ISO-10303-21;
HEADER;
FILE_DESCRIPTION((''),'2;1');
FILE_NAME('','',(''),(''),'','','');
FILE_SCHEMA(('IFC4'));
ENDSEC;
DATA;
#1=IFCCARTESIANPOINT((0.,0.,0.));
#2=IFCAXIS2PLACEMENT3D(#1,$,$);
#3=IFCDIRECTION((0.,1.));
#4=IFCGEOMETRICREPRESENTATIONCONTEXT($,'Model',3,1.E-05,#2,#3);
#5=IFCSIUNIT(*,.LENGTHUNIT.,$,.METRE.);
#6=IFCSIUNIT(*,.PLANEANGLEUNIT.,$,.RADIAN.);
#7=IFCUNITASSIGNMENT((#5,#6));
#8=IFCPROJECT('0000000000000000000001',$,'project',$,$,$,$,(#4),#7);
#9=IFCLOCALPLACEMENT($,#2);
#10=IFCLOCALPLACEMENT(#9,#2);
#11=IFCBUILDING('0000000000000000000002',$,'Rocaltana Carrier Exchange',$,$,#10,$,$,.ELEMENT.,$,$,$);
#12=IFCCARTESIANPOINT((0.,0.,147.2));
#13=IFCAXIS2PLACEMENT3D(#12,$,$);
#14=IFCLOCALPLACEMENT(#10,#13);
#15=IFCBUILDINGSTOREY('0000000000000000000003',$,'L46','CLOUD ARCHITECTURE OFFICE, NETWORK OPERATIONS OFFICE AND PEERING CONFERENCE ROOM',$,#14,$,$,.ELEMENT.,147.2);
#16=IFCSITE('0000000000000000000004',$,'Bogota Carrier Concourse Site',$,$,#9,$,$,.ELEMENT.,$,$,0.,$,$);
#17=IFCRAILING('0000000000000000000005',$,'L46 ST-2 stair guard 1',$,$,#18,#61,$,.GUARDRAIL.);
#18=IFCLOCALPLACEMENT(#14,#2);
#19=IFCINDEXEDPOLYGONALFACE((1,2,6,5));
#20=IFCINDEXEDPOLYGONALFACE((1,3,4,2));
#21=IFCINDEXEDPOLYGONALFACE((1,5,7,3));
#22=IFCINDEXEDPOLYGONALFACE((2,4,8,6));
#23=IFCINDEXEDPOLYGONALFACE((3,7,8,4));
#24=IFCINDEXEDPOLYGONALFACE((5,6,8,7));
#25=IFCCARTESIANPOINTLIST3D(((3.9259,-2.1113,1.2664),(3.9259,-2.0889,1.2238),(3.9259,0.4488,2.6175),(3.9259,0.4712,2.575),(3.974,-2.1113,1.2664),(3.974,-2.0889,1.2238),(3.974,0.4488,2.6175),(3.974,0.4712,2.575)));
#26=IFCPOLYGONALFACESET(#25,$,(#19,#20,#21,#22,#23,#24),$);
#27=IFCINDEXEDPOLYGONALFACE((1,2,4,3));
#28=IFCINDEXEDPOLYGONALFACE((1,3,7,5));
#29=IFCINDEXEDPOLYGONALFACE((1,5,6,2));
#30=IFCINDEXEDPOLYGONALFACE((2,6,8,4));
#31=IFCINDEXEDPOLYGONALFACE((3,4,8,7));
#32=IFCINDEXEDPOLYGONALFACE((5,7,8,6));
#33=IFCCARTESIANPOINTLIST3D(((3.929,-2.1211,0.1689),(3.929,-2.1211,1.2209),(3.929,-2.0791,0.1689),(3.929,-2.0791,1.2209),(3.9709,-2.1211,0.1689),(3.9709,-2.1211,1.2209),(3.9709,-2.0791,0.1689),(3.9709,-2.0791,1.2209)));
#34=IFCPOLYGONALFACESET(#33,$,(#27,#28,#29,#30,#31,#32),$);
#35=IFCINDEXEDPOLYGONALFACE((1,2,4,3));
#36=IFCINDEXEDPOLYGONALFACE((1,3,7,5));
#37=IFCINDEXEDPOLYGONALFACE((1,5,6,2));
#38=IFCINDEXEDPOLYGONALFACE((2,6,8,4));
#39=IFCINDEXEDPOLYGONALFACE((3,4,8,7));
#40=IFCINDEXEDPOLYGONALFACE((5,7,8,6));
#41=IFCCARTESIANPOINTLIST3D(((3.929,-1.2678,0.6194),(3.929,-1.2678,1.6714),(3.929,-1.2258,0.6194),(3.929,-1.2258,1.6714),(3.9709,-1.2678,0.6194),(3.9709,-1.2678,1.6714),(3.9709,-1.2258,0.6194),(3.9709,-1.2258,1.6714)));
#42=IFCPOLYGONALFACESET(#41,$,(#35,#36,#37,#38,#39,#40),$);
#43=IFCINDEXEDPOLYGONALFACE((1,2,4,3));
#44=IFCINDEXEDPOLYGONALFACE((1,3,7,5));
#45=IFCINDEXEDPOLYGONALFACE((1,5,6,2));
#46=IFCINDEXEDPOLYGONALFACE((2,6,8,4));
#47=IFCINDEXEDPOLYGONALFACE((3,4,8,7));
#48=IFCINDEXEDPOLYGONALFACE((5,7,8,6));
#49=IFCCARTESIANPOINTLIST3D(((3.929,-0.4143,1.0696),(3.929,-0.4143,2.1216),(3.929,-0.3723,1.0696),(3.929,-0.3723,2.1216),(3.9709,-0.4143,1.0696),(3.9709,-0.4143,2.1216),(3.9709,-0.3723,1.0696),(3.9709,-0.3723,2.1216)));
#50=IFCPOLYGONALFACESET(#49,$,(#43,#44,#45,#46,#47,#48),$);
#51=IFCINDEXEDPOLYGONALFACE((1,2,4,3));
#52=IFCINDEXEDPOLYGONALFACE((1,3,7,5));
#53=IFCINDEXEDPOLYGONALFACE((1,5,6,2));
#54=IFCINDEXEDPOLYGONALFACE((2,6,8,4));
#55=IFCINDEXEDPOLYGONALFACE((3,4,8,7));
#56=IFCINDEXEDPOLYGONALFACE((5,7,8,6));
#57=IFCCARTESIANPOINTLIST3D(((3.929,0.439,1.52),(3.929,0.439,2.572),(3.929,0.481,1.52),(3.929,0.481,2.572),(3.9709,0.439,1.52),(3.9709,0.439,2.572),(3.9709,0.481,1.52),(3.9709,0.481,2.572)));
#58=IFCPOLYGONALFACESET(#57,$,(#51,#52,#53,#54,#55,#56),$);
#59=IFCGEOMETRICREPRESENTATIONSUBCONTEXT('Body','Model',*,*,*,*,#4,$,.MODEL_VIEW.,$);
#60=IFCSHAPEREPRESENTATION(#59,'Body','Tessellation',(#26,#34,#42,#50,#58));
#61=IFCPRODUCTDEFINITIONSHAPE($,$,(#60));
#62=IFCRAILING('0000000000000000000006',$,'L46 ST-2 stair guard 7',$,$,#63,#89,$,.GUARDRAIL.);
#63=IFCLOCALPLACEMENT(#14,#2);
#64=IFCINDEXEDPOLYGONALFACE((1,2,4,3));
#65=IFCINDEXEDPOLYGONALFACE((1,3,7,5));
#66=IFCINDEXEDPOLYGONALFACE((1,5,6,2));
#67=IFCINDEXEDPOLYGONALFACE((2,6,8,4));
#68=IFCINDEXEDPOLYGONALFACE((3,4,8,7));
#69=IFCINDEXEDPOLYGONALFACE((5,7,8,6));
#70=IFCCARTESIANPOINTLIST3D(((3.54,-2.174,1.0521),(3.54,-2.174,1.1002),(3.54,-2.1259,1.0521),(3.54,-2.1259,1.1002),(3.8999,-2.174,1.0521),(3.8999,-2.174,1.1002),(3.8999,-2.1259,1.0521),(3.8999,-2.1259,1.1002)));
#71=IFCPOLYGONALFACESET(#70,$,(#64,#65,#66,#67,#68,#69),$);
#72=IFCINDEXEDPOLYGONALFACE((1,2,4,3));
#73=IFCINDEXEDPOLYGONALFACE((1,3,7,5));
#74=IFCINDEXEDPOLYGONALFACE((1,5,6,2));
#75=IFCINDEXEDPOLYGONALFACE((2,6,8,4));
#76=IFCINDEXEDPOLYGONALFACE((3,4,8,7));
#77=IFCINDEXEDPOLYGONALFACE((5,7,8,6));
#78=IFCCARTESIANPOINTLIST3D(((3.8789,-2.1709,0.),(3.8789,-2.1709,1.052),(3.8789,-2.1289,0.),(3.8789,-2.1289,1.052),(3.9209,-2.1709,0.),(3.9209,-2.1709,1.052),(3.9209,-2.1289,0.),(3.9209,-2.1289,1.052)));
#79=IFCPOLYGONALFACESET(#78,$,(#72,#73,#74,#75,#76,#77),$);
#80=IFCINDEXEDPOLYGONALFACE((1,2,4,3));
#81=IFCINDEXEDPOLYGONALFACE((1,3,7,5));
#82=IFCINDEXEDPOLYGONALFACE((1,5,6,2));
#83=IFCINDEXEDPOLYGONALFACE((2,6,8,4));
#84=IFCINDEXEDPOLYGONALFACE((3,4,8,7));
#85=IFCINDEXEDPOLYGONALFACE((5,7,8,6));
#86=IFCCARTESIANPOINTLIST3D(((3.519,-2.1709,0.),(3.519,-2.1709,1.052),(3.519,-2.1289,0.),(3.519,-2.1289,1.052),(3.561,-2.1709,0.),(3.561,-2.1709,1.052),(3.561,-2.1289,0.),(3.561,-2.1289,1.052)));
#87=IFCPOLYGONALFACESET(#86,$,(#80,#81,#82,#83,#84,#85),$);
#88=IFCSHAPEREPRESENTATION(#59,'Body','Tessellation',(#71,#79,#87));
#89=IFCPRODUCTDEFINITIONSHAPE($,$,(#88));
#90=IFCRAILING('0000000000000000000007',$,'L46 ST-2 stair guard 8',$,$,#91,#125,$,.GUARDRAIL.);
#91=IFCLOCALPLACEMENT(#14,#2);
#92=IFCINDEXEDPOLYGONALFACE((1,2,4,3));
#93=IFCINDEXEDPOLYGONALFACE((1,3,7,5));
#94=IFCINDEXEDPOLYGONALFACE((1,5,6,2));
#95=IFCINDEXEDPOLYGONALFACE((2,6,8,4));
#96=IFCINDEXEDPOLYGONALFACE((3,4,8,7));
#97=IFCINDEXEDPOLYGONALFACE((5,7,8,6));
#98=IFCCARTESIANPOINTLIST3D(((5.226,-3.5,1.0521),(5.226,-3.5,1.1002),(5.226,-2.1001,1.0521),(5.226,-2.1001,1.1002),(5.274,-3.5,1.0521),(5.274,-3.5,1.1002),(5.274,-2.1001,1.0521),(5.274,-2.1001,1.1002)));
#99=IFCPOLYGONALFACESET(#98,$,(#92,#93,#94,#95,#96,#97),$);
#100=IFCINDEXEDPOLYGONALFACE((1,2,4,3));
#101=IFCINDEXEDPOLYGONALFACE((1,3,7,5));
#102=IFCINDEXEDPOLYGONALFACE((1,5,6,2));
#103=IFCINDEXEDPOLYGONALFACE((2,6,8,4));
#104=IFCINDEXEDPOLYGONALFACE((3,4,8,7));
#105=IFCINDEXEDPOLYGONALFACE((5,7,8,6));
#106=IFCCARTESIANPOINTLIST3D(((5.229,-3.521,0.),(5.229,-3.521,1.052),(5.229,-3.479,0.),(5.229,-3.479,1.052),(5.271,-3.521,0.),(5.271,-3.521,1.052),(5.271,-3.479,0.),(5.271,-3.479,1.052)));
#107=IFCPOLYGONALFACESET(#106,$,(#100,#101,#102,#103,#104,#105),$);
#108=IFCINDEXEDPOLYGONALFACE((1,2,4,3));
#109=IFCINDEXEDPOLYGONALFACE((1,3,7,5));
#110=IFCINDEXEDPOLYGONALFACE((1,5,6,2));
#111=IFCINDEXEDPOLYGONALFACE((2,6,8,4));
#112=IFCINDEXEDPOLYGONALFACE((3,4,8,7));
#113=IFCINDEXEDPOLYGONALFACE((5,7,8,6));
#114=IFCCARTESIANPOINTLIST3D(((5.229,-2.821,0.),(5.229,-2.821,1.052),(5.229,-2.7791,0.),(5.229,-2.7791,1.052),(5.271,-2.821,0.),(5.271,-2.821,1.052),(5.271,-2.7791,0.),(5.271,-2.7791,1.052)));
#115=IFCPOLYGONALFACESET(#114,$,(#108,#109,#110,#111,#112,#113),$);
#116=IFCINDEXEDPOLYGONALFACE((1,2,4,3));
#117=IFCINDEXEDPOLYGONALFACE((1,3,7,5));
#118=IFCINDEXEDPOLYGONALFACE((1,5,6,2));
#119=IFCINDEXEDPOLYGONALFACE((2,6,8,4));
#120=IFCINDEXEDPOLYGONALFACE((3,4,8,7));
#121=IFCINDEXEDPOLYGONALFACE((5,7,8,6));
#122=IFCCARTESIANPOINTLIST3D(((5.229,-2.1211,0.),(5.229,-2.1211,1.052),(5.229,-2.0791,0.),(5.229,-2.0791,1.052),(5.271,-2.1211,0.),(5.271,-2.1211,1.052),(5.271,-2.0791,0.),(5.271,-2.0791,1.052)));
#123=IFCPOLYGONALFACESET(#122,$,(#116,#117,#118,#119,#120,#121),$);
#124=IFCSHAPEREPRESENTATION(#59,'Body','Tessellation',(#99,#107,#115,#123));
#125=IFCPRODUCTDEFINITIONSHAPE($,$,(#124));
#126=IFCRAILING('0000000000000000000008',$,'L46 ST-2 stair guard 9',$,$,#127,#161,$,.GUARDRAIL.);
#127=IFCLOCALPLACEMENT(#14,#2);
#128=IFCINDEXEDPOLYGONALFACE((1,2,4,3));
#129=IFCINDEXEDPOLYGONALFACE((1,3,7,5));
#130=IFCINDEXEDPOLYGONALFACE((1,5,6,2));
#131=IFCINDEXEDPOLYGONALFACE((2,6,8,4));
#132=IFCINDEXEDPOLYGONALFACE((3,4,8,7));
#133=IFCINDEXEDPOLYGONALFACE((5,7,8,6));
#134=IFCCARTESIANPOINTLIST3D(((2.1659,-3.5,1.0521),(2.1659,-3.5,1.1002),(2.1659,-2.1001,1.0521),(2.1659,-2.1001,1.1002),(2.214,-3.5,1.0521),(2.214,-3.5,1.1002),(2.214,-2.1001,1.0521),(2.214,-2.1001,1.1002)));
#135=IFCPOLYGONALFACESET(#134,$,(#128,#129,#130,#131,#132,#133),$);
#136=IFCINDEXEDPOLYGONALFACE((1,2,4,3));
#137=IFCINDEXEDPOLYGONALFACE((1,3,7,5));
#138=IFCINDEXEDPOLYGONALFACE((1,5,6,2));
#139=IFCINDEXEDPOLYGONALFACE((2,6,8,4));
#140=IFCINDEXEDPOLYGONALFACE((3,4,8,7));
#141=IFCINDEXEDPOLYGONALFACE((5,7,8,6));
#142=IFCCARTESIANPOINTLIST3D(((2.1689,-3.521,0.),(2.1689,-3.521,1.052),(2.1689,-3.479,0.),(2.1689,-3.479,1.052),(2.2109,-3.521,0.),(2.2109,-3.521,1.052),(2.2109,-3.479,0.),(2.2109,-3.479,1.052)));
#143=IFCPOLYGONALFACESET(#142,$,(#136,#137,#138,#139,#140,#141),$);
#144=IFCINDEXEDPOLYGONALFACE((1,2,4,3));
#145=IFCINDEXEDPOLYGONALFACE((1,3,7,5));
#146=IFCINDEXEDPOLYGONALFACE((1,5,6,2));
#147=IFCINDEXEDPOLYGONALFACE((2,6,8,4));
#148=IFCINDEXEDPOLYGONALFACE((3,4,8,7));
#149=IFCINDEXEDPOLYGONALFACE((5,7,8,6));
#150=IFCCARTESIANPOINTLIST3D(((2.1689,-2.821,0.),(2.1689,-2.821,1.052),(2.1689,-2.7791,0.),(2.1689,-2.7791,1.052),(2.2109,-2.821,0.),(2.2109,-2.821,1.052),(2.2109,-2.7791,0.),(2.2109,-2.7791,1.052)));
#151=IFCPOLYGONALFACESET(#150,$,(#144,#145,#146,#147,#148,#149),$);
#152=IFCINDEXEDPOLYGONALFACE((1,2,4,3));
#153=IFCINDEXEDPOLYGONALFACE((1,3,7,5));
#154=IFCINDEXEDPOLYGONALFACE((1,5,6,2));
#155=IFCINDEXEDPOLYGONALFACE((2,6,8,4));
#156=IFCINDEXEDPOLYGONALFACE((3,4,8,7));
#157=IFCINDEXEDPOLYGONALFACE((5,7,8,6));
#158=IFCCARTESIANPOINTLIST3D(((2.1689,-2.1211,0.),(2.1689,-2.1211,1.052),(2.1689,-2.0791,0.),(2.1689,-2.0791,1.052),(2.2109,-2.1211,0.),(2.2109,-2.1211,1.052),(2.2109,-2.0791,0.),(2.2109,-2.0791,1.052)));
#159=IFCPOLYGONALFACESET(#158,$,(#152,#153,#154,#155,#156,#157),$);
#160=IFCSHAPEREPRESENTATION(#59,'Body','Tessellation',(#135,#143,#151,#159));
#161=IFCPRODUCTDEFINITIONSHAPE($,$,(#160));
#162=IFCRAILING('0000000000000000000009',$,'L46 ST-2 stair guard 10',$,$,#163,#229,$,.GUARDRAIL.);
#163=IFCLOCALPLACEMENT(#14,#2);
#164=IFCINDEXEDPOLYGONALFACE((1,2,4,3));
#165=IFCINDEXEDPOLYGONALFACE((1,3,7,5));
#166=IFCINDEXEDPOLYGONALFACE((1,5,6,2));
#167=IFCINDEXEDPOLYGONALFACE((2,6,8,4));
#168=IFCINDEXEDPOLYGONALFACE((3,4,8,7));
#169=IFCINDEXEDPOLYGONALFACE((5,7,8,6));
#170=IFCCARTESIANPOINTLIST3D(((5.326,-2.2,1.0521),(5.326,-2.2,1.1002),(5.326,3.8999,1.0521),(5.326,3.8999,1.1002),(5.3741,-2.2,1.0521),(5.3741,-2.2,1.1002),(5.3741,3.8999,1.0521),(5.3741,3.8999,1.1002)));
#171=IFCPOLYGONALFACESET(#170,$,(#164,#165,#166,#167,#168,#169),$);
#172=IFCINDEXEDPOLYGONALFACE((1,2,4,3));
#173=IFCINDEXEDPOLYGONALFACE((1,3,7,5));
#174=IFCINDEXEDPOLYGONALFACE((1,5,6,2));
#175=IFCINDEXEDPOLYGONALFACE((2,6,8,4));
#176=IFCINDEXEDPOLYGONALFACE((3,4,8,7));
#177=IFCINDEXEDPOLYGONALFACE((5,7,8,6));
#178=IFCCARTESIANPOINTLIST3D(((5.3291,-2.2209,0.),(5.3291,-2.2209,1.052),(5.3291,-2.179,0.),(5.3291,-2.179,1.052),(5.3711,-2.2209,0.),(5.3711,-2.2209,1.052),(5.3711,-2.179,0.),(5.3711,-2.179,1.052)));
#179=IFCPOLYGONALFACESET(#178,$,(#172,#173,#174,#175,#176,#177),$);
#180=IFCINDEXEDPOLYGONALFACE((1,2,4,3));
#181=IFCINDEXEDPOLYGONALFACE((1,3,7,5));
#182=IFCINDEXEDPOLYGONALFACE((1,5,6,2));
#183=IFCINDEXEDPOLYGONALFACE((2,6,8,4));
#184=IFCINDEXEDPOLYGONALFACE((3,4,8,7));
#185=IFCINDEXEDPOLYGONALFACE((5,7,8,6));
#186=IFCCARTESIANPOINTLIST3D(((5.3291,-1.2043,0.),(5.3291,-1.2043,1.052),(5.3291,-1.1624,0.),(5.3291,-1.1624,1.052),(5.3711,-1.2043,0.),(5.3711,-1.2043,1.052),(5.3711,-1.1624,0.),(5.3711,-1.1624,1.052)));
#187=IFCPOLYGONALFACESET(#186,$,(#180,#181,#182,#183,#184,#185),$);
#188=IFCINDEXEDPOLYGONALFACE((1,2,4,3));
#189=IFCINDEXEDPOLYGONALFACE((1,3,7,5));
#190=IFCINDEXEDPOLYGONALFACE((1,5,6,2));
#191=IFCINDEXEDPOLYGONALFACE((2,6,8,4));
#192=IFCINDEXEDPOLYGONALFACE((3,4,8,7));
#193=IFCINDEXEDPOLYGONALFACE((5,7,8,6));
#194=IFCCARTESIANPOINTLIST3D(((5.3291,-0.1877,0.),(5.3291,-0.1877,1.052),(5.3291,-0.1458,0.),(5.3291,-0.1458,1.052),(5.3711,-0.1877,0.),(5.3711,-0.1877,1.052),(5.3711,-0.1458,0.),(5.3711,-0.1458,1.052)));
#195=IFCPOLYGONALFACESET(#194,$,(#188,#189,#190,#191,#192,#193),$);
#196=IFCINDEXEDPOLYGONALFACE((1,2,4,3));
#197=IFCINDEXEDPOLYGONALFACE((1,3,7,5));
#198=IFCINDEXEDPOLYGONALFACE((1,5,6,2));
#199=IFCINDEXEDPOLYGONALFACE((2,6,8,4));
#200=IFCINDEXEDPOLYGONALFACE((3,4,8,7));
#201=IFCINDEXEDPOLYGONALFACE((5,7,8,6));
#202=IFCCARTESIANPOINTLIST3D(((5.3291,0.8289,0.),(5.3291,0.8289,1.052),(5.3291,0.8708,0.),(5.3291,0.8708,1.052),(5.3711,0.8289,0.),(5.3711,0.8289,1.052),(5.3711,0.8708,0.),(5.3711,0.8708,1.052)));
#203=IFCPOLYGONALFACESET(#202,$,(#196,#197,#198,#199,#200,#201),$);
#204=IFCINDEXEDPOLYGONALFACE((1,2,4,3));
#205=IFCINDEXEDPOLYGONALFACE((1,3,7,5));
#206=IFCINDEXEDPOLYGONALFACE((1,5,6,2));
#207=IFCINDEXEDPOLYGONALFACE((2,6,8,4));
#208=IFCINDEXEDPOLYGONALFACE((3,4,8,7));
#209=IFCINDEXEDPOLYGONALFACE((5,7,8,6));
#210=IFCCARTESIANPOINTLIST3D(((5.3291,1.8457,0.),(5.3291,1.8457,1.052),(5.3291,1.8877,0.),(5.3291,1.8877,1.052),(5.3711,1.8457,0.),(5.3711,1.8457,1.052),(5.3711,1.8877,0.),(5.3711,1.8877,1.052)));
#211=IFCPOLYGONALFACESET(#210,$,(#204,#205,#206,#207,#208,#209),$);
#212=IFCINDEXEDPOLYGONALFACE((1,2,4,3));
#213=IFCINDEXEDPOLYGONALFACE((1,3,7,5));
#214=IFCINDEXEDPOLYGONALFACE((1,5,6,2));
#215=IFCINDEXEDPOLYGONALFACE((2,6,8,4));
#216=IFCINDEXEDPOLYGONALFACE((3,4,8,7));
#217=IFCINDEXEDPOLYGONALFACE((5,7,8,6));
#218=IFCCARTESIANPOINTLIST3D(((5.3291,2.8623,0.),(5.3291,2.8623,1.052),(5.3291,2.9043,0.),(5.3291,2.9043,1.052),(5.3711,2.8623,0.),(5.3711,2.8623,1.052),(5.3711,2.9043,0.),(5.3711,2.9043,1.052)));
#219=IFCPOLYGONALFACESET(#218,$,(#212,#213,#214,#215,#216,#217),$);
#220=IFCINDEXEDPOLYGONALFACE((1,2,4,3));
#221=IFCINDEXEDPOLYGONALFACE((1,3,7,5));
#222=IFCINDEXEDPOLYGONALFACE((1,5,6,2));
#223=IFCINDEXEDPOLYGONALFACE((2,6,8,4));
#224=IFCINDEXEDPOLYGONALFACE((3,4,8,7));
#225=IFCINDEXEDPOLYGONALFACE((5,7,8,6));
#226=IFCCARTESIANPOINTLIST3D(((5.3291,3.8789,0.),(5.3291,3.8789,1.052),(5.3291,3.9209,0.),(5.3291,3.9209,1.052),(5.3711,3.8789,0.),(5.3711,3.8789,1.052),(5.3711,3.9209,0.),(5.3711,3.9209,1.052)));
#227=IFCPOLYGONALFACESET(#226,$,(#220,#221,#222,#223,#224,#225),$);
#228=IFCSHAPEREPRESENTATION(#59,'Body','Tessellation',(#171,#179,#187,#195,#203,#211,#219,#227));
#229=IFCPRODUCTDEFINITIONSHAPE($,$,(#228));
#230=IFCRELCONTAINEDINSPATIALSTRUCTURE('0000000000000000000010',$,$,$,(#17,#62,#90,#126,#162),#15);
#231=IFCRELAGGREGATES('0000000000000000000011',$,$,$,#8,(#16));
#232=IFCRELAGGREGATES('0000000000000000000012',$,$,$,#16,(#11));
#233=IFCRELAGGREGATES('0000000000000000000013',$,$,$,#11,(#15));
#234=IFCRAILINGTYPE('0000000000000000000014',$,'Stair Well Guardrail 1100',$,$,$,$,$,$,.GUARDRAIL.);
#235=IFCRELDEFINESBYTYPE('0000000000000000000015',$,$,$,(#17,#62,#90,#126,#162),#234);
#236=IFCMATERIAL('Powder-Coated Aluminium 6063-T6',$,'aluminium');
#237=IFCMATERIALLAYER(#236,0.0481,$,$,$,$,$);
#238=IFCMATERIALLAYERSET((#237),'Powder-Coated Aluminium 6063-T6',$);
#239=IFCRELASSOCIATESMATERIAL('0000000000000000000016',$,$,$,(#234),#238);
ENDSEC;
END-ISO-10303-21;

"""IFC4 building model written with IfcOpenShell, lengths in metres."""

from ifc_helpers import new_model, si_unit, direction, frame, origin, origin_2d, place, context, subcontext, project, spatial, rectangle, extrude, material, layer, layer_set, type_object, element, save


model = new_model("IFC4")

# Units and contexts
model_context = context("Model", 3, precision=1e-05, world=origin(), true_north=direction((0.0, 1.0)))
body_context = subcontext(model_context, "Body", "Model", "MODEL_VIEW")
ifc_project = project(units=[si_unit("LENGTHUNIT", "METRE"), si_unit("PLANEANGLEUNIT", "RADIAN")], contexts=[model_context])

# Site, building, storey
site_placement = place(None, origin())
site = spatial("IfcSite", under=ifc_project, at=site_placement, Name="Bogota Carrier Concourse Site", CompositionType="ELEMENT", RefElevation=0.0)
building_placement = place(site_placement, origin())
building = spatial("IfcBuilding", under=site, at=building_placement, Name="Rocaltana Carrier Exchange", CompositionType="ELEMENT")
storey_placement = place(building_placement, frame((0.0, 0.0, 147.2)))
storey = spatial("IfcBuildingStorey", under=building, at=storey_placement, Name="L46", Description="CLOUD ARCHITECTURE OFFICE, NETWORK OPERATIONS OFFICE AND PEERING CONFERENCE ROOM", CompositionType="ELEMENT", Elevation=147.2)

# Railings
ifc_material_1 = material(Name="Powder-Coated Aluminium 6063-T6", Category="aluminium")
ifc_layer_1 = layer(ifc_material_1, 0.0481)
ifc_layer_set_1 = layer_set([ifc_layer_1], Name="Powder-Coated Aluminium 6063-T6")
railing_type_1 = type_object("IfcRailingType", Name="Stair Well Guardrail 1100", PredefinedType="GUARDRAIL", material=ifc_layer_set_1)
railing_1_placement = place(storey_placement, frame((3.95, -2.1001, 0.1689)))
element("IfcRailing", 1, at=railing_1_placement, inside=storey, type_object=railing_type_1, Name="L46 ST-2 stair guard 1", PredefinedType="GUARDRAIL", context=body_context, shape_type="SweptSolid", body=[
    extrude(rectangle(XDim=0.0481, YDim=0.0481, at=origin_2d()), frame((0.0, 0.0, 1.0762), z_axis=(0.0, 0.884394, 0.46674), x_axis=(-1.0, 0.0, 0.0)), (0.0, 0.0, 1.0), 2.8948),
    extrude(rectangle(XDim=0.042, YDim=0.042, at=origin_2d()), origin(), (0.0, 0.0, 1.0), 1.052),
    extrude(rectangle(XDim=0.042, YDim=0.042, at=origin_2d()), frame((0.0, 0.8533, 0.4504)), (0.0, 0.0, 1.0), 1.052),
    extrude(rectangle(XDim=0.042, YDim=0.042, at=origin_2d()), frame((0.0, 1.7068, 0.9006)), (0.0, 0.0, 1.0), 1.052),
    extrude(rectangle(XDim=0.042, YDim=0.042, at=origin_2d()), frame((0.0, 2.5601, 1.3511)), (0.0, 0.0, 1.0), 1.052),
])
railing_2_placement = place(storey_placement, frame((3.8999, -2.1499, 0.0)))
element("IfcRailing", 2, at=railing_2_placement, inside=storey, type_object=railing_type_1, Name="L46 ST-2 stair guard 7", PredefinedType="GUARDRAIL", context=body_context, shape_type="SweptSolid", body=[
    extrude(rectangle(XDim=0.0481, YDim=0.0481, at=origin_2d()), frame((0.0, 0.0, 1.0762), z_axis=(-1.0, 0.0, 0.0), x_axis=(0.0, -1.0, 0.0)), (0.0, 0.0, 1.0), 0.3599),
    extrude(rectangle(XDim=0.042, YDim=0.042, at=origin_2d()), origin(), (0.0, 0.0, 1.0), 1.052),
    extrude(rectangle(XDim=0.042, YDim=0.042, at=origin_2d()), frame((-0.3599, 0.0, 0.0)), (0.0, 0.0, 1.0), 1.052),
])
for number, where, name in (
    (3, (5.25, -3.5, 0.0), "L46 ST-2 stair guard 8"),
    (4, (2.1899, -3.5, 0.0), "L46 ST-2 stair guard 9"),
):
    element("IfcRailing", number, at=place(storey_placement, frame(where)), inside=storey, type_object=railing_type_1, Name=name, PredefinedType="GUARDRAIL", context=body_context, shape_type="SweptSolid", body=[
        extrude(rectangle(XDim=0.0481, YDim=0.0481, at=origin_2d()), frame((0.0, 0.0, 1.0762), z_axis=(0.0, 1.0, 0.0), x_axis=(-1.0, 0.0, 0.0)), (0.0, 0.0, 1.0), 1.3999),
        extrude(rectangle(XDim=0.042, YDim=0.042, at=origin_2d()), origin(), (0.0, 0.0, 1.0), 1.052),
        extrude(rectangle(XDim=0.042, YDim=0.042, at=origin_2d()), frame((0.0, 0.7, 0.0)), (0.0, 0.0, 1.0), 1.052),
        extrude(rectangle(XDim=0.042, YDim=0.042, at=origin_2d()), frame((0.0, 1.3999, 0.0)), (0.0, 0.0, 1.0), 1.052),
    ])
for number, where, name in (
    (5, (5.3501, -2.2, 0.0), "L46 ST-2 stair guard 10"),
):
    element("IfcRailing", number, at=place(storey_placement, frame(where)), inside=storey, type_object=railing_type_1, Name=name, PredefinedType="GUARDRAIL", context=body_context, shape_type="SweptSolid", body=[
        extrude(rectangle(XDim=0.0481, YDim=0.0481, at=origin_2d()), frame((0.0, 0.0, 1.0762), z_axis=(0.0, 1.0, 0.0), x_axis=(-1.0, 0.0, 0.0)), (0.0, 0.0, 1.0), 6.0999),
        extrude(rectangle(XDim=0.042, YDim=0.042, at=origin_2d()), origin(), (0.0, 0.0, 1.0), 1.052),
        extrude(rectangle(XDim=0.042, YDim=0.042, at=origin_2d()), frame((0.0, 1.0166, 0.0)), (0.0, 0.0, 1.0), 1.052),
        extrude(rectangle(XDim=0.042, YDim=0.042, at=origin_2d()), frame((0.0, 2.0332, 0.0)), (0.0, 0.0, 1.0), 1.052),
        extrude(rectangle(XDim=0.042, YDim=0.042, at=origin_2d()), frame((0.0, 3.0498, 0.0)), (0.0, 0.0, 1.0), 1.052),
        extrude(rectangle(XDim=0.042, YDim=0.042, at=origin_2d()), frame((0.0, 4.0667, 0.0)), (0.0, 0.0, 1.0), 1.052),
        extrude(rectangle(XDim=0.042, YDim=0.042, at=origin_2d()), frame((0.0, 5.0833, 0.0)), (0.0, 0.0, 1.0), 1.052),
        extrude(rectangle(XDim=0.042, YDim=0.042, at=origin_2d()), frame((0.0, 6.0999, 0.0)), (0.0, 0.0, 1.0), 1.052),
    ])

save(model, "model.ifc")
